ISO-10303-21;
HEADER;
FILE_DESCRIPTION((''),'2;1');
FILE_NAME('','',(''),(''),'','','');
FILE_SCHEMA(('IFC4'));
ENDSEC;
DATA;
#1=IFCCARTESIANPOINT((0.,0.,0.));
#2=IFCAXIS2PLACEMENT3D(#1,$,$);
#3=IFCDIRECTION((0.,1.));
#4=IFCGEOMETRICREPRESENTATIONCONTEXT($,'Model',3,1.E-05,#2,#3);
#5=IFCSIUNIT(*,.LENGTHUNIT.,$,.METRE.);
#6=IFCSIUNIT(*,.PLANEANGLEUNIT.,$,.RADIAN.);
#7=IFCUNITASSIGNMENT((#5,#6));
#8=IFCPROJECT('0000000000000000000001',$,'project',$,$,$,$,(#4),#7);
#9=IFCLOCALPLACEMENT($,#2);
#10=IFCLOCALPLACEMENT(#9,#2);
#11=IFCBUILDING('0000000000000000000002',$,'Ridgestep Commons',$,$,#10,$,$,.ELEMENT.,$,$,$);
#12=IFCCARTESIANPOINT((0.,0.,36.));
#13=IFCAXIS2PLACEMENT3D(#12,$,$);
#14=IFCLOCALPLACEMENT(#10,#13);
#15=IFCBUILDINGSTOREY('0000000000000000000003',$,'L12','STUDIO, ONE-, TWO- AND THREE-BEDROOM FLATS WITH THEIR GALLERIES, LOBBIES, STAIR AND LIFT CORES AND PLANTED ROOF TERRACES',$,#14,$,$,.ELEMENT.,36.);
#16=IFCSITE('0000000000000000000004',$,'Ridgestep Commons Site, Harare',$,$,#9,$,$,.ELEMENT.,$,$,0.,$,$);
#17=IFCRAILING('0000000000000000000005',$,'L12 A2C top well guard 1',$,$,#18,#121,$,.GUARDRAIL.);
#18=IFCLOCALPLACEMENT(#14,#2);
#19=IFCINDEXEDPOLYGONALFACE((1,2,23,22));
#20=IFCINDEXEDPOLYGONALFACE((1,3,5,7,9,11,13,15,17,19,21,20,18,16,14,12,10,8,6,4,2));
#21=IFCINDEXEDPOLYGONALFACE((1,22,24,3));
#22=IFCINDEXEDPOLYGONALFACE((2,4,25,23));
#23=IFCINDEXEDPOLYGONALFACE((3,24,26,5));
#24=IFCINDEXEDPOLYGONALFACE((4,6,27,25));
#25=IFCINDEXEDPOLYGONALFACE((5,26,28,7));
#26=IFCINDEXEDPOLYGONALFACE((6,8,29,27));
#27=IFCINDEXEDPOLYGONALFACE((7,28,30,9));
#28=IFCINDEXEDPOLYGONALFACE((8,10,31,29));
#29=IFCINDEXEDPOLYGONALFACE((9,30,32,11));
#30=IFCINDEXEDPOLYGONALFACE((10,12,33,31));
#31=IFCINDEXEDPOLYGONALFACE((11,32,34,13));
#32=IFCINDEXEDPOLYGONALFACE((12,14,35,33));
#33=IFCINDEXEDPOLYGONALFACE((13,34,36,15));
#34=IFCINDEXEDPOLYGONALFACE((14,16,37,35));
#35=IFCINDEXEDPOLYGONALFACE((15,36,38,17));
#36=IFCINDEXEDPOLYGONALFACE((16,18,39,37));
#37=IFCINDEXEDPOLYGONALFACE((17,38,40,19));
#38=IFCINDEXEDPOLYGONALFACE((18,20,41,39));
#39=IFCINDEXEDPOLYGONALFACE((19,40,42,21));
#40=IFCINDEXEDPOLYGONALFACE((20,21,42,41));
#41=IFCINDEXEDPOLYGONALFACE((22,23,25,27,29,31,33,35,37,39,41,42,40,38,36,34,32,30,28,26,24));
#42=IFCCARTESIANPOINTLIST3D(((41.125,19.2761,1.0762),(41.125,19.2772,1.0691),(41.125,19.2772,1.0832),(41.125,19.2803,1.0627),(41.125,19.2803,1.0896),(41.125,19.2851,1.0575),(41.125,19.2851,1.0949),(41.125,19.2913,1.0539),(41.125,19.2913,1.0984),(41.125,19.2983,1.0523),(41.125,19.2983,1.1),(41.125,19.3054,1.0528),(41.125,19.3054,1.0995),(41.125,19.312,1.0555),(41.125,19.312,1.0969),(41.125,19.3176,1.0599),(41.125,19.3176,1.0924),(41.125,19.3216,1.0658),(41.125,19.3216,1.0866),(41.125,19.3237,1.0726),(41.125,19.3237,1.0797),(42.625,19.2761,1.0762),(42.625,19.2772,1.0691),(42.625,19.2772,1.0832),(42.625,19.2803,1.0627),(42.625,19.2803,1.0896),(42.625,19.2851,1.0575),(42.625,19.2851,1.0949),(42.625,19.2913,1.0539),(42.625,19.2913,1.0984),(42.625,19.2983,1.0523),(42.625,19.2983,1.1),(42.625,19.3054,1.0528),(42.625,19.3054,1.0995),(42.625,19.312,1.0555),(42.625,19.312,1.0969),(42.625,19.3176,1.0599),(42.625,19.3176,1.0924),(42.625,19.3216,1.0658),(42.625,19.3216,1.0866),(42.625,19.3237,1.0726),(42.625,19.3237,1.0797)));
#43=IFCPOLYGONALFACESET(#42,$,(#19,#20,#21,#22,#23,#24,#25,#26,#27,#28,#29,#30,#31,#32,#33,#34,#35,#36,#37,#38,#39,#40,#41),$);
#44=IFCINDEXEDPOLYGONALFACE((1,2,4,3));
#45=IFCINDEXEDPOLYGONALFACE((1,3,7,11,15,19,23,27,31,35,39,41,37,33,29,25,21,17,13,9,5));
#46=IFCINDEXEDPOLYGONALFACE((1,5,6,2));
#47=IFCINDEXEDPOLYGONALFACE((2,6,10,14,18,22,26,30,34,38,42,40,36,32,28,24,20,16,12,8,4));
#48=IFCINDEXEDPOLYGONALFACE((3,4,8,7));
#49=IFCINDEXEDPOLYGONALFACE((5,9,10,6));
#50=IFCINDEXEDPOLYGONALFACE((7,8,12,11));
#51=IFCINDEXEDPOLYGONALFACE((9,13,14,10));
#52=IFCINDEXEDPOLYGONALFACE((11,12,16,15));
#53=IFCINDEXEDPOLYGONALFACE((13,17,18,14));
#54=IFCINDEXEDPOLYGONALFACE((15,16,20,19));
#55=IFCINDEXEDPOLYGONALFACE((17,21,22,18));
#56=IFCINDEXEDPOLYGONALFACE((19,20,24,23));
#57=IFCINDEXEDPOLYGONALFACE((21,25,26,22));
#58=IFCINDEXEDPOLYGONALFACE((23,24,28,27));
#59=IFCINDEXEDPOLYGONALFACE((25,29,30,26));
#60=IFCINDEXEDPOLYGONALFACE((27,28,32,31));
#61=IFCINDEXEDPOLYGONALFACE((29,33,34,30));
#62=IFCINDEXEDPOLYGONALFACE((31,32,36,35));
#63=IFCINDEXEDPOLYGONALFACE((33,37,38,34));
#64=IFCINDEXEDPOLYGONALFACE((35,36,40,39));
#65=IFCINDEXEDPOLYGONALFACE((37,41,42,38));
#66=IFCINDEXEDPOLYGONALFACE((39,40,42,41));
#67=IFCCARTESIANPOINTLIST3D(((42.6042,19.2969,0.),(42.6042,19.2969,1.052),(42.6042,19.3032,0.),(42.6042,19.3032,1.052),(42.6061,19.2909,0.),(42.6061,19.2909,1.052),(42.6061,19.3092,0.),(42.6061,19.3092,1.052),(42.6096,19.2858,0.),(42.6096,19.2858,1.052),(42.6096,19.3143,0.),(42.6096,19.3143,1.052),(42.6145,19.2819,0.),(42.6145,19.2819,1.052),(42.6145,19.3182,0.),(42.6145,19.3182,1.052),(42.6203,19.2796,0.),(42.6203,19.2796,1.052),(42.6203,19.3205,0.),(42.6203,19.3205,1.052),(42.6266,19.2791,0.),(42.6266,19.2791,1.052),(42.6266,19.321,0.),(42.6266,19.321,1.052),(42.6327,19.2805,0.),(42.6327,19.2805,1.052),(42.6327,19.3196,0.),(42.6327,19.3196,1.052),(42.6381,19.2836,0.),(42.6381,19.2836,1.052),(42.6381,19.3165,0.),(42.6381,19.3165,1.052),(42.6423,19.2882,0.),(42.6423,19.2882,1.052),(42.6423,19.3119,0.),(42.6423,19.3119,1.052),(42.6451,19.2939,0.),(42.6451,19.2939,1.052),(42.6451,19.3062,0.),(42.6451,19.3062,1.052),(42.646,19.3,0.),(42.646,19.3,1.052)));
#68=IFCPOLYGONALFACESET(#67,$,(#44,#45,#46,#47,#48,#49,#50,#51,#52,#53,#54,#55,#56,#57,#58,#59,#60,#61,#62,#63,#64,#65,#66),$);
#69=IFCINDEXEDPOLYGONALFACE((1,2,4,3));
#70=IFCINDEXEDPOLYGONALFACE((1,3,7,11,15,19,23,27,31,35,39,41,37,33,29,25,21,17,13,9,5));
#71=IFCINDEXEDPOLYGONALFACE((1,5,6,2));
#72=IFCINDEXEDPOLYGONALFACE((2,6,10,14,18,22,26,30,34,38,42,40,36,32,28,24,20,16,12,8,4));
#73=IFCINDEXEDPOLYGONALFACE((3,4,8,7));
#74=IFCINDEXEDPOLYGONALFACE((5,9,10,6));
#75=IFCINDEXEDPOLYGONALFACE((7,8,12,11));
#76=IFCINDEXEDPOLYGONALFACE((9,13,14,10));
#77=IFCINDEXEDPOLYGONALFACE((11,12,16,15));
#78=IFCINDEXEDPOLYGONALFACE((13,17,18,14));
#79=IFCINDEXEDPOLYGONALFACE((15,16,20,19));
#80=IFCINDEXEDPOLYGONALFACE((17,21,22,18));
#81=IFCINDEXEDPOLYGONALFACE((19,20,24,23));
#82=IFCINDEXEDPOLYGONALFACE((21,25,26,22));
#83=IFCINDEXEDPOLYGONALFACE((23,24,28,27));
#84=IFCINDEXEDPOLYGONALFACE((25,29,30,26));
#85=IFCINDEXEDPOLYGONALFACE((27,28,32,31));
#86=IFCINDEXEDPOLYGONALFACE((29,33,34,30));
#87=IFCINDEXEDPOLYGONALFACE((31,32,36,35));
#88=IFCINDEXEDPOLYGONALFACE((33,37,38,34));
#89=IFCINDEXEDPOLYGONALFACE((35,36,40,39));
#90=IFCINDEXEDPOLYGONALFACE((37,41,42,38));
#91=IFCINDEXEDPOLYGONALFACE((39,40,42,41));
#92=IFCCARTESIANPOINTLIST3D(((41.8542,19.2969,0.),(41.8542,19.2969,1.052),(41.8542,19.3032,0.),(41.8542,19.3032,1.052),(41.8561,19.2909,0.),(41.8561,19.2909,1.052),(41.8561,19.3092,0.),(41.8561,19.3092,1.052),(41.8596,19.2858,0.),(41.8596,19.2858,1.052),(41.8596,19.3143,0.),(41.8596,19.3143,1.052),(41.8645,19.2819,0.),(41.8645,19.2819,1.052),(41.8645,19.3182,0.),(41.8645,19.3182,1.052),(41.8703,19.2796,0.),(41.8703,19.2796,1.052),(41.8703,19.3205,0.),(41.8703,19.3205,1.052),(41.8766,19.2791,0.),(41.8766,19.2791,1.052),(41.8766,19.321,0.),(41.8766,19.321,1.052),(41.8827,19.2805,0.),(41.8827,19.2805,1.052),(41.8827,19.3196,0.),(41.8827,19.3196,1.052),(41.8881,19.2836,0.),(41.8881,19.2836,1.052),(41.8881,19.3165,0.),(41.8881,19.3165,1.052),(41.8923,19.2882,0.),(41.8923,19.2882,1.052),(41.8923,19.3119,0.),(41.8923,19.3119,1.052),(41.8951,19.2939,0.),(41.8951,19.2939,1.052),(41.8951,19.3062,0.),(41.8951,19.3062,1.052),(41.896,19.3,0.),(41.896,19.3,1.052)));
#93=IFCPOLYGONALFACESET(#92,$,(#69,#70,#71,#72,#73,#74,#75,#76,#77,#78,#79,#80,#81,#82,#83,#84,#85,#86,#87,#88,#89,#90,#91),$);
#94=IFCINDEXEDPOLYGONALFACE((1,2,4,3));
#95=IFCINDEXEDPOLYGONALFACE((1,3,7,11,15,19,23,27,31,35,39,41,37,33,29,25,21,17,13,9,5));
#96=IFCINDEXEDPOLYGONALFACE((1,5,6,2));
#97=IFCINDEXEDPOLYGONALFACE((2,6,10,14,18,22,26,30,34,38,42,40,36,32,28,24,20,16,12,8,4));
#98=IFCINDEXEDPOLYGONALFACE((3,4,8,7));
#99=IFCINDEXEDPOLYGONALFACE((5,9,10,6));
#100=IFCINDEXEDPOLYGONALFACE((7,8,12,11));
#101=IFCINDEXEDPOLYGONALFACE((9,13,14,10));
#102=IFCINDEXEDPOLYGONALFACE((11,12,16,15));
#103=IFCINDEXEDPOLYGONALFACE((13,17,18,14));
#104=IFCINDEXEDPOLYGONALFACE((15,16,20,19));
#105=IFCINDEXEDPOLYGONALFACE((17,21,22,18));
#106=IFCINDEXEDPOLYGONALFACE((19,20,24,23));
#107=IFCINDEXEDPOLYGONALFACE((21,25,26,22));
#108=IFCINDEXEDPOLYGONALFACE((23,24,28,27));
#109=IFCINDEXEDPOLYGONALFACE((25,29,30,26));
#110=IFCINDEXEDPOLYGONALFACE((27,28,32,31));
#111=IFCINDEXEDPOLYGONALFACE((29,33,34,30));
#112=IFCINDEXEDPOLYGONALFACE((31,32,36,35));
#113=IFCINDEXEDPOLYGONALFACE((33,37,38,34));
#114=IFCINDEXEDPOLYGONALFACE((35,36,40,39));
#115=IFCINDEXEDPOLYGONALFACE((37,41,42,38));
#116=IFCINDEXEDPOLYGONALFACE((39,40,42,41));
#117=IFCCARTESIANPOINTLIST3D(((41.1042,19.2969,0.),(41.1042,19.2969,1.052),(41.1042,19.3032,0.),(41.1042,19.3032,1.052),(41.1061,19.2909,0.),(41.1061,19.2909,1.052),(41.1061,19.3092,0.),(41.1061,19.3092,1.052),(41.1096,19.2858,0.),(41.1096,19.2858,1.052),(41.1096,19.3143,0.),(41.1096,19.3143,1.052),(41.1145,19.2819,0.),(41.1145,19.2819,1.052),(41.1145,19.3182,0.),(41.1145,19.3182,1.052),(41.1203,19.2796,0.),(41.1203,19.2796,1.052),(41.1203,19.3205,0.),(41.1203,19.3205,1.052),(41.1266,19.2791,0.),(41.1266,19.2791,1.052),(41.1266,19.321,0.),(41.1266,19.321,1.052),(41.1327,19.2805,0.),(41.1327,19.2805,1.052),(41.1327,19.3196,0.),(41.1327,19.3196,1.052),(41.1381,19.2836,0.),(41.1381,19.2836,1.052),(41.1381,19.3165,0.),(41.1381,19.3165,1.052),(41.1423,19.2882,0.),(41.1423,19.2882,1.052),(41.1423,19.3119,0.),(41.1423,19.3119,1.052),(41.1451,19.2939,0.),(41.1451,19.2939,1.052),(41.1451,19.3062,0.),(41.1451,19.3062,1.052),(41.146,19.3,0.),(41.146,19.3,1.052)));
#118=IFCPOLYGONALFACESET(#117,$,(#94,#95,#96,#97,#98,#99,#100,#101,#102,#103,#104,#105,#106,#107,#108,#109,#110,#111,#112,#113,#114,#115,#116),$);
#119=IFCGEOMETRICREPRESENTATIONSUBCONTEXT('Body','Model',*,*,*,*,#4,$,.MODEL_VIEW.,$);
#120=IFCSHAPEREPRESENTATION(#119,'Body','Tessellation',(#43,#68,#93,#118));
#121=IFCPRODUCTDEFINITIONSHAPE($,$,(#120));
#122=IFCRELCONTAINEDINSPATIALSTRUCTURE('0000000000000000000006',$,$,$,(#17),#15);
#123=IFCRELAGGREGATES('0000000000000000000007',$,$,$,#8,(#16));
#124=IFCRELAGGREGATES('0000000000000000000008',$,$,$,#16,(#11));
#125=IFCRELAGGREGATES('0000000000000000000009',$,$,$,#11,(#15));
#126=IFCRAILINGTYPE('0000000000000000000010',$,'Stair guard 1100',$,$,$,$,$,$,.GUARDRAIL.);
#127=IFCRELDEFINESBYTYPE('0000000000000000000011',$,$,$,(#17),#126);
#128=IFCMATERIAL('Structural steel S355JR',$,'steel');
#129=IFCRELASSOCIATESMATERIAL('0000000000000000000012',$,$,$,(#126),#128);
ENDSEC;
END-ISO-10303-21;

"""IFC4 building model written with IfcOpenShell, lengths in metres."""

from ifc_helpers import new_model, si_unit, direction, frame, origin, origin_2d, place, context, subcontext, project, spatial, circle, extrude, material, type_object, element, save


model = new_model("IFC4")

# Units and contexts
model_context = context("Model", 3, precision=1e-05, world=origin(), true_north=direction((0.0, 1.0)))
body_context = subcontext(model_context, "Body", "Model", "MODEL_VIEW")
ifc_project = project(units=[si_unit("LENGTHUNIT", "METRE"), si_unit("PLANEANGLEUNIT", "RADIAN")], contexts=[model_context])

# Site, building, storey
site_placement = place(None, origin())
site = spatial("IfcSite", under=ifc_project, at=site_placement, Name="Ridgestep Commons Site, Harare", CompositionType="ELEMENT", RefElevation=0.0)
building_placement = place(site_placement, origin())
building = spatial("IfcBuilding", under=site, at=building_placement, Name="Ridgestep Commons", CompositionType="ELEMENT")
storey_placement = place(building_placement, frame((0.0, 0.0, 36.0)))
storey = spatial("IfcBuildingStorey", under=building, at=storey_placement, Name="L12", Description="STUDIO, ONE-, TWO- AND THREE-BEDROOM FLATS WITH THEIR GALLERIES, LOBBIES, STAIR AND LIFT CORES AND PLANTED ROOF TERRACES", CompositionType="ELEMENT", Elevation=36.0)

# Railing
ifc_material_1 = material(Name="Structural steel S355JR", Category="steel")
railing_type_1 = type_object("IfcRailingType", Name="Stair guard 1100", PredefinedType="GUARDRAIL", material=ifc_material_1)
railing_1_placement = place(storey_placement, frame((42.625, 19.3, 0.0)))
element("IfcRailing", 1, at=railing_1_placement, inside=storey, type_object=railing_type_1, Name="L12 A2C top well guard 1", PredefinedType="GUARDRAIL", context=body_context, shape_type="SweptSolid", body=[
    extrude(circle(Radius=0.0239, at=origin_2d()), frame((0.0, 0.0, 1.0762), z_axis=(-1.0, 0.0, 0.0), x_axis=(0.0, -1.0, 0.0)), (0.0, 0.0, 1.0), 1.5),
    extrude(circle(Radius=0.021, at=origin_2d()), origin(), (0.0, 0.0, 1.0), 1.052),
    extrude(circle(Radius=0.021, at=origin_2d()), frame((-0.75, 0.0, 0.0)), (0.0, 0.0, 1.0), 1.052),
    extrude(circle(Radius=0.021, at=origin_2d()), frame((-1.5, 0.0, 0.0)), (0.0, 0.0, 1.0), 1.052),
])

save(model, "model.ifc")
